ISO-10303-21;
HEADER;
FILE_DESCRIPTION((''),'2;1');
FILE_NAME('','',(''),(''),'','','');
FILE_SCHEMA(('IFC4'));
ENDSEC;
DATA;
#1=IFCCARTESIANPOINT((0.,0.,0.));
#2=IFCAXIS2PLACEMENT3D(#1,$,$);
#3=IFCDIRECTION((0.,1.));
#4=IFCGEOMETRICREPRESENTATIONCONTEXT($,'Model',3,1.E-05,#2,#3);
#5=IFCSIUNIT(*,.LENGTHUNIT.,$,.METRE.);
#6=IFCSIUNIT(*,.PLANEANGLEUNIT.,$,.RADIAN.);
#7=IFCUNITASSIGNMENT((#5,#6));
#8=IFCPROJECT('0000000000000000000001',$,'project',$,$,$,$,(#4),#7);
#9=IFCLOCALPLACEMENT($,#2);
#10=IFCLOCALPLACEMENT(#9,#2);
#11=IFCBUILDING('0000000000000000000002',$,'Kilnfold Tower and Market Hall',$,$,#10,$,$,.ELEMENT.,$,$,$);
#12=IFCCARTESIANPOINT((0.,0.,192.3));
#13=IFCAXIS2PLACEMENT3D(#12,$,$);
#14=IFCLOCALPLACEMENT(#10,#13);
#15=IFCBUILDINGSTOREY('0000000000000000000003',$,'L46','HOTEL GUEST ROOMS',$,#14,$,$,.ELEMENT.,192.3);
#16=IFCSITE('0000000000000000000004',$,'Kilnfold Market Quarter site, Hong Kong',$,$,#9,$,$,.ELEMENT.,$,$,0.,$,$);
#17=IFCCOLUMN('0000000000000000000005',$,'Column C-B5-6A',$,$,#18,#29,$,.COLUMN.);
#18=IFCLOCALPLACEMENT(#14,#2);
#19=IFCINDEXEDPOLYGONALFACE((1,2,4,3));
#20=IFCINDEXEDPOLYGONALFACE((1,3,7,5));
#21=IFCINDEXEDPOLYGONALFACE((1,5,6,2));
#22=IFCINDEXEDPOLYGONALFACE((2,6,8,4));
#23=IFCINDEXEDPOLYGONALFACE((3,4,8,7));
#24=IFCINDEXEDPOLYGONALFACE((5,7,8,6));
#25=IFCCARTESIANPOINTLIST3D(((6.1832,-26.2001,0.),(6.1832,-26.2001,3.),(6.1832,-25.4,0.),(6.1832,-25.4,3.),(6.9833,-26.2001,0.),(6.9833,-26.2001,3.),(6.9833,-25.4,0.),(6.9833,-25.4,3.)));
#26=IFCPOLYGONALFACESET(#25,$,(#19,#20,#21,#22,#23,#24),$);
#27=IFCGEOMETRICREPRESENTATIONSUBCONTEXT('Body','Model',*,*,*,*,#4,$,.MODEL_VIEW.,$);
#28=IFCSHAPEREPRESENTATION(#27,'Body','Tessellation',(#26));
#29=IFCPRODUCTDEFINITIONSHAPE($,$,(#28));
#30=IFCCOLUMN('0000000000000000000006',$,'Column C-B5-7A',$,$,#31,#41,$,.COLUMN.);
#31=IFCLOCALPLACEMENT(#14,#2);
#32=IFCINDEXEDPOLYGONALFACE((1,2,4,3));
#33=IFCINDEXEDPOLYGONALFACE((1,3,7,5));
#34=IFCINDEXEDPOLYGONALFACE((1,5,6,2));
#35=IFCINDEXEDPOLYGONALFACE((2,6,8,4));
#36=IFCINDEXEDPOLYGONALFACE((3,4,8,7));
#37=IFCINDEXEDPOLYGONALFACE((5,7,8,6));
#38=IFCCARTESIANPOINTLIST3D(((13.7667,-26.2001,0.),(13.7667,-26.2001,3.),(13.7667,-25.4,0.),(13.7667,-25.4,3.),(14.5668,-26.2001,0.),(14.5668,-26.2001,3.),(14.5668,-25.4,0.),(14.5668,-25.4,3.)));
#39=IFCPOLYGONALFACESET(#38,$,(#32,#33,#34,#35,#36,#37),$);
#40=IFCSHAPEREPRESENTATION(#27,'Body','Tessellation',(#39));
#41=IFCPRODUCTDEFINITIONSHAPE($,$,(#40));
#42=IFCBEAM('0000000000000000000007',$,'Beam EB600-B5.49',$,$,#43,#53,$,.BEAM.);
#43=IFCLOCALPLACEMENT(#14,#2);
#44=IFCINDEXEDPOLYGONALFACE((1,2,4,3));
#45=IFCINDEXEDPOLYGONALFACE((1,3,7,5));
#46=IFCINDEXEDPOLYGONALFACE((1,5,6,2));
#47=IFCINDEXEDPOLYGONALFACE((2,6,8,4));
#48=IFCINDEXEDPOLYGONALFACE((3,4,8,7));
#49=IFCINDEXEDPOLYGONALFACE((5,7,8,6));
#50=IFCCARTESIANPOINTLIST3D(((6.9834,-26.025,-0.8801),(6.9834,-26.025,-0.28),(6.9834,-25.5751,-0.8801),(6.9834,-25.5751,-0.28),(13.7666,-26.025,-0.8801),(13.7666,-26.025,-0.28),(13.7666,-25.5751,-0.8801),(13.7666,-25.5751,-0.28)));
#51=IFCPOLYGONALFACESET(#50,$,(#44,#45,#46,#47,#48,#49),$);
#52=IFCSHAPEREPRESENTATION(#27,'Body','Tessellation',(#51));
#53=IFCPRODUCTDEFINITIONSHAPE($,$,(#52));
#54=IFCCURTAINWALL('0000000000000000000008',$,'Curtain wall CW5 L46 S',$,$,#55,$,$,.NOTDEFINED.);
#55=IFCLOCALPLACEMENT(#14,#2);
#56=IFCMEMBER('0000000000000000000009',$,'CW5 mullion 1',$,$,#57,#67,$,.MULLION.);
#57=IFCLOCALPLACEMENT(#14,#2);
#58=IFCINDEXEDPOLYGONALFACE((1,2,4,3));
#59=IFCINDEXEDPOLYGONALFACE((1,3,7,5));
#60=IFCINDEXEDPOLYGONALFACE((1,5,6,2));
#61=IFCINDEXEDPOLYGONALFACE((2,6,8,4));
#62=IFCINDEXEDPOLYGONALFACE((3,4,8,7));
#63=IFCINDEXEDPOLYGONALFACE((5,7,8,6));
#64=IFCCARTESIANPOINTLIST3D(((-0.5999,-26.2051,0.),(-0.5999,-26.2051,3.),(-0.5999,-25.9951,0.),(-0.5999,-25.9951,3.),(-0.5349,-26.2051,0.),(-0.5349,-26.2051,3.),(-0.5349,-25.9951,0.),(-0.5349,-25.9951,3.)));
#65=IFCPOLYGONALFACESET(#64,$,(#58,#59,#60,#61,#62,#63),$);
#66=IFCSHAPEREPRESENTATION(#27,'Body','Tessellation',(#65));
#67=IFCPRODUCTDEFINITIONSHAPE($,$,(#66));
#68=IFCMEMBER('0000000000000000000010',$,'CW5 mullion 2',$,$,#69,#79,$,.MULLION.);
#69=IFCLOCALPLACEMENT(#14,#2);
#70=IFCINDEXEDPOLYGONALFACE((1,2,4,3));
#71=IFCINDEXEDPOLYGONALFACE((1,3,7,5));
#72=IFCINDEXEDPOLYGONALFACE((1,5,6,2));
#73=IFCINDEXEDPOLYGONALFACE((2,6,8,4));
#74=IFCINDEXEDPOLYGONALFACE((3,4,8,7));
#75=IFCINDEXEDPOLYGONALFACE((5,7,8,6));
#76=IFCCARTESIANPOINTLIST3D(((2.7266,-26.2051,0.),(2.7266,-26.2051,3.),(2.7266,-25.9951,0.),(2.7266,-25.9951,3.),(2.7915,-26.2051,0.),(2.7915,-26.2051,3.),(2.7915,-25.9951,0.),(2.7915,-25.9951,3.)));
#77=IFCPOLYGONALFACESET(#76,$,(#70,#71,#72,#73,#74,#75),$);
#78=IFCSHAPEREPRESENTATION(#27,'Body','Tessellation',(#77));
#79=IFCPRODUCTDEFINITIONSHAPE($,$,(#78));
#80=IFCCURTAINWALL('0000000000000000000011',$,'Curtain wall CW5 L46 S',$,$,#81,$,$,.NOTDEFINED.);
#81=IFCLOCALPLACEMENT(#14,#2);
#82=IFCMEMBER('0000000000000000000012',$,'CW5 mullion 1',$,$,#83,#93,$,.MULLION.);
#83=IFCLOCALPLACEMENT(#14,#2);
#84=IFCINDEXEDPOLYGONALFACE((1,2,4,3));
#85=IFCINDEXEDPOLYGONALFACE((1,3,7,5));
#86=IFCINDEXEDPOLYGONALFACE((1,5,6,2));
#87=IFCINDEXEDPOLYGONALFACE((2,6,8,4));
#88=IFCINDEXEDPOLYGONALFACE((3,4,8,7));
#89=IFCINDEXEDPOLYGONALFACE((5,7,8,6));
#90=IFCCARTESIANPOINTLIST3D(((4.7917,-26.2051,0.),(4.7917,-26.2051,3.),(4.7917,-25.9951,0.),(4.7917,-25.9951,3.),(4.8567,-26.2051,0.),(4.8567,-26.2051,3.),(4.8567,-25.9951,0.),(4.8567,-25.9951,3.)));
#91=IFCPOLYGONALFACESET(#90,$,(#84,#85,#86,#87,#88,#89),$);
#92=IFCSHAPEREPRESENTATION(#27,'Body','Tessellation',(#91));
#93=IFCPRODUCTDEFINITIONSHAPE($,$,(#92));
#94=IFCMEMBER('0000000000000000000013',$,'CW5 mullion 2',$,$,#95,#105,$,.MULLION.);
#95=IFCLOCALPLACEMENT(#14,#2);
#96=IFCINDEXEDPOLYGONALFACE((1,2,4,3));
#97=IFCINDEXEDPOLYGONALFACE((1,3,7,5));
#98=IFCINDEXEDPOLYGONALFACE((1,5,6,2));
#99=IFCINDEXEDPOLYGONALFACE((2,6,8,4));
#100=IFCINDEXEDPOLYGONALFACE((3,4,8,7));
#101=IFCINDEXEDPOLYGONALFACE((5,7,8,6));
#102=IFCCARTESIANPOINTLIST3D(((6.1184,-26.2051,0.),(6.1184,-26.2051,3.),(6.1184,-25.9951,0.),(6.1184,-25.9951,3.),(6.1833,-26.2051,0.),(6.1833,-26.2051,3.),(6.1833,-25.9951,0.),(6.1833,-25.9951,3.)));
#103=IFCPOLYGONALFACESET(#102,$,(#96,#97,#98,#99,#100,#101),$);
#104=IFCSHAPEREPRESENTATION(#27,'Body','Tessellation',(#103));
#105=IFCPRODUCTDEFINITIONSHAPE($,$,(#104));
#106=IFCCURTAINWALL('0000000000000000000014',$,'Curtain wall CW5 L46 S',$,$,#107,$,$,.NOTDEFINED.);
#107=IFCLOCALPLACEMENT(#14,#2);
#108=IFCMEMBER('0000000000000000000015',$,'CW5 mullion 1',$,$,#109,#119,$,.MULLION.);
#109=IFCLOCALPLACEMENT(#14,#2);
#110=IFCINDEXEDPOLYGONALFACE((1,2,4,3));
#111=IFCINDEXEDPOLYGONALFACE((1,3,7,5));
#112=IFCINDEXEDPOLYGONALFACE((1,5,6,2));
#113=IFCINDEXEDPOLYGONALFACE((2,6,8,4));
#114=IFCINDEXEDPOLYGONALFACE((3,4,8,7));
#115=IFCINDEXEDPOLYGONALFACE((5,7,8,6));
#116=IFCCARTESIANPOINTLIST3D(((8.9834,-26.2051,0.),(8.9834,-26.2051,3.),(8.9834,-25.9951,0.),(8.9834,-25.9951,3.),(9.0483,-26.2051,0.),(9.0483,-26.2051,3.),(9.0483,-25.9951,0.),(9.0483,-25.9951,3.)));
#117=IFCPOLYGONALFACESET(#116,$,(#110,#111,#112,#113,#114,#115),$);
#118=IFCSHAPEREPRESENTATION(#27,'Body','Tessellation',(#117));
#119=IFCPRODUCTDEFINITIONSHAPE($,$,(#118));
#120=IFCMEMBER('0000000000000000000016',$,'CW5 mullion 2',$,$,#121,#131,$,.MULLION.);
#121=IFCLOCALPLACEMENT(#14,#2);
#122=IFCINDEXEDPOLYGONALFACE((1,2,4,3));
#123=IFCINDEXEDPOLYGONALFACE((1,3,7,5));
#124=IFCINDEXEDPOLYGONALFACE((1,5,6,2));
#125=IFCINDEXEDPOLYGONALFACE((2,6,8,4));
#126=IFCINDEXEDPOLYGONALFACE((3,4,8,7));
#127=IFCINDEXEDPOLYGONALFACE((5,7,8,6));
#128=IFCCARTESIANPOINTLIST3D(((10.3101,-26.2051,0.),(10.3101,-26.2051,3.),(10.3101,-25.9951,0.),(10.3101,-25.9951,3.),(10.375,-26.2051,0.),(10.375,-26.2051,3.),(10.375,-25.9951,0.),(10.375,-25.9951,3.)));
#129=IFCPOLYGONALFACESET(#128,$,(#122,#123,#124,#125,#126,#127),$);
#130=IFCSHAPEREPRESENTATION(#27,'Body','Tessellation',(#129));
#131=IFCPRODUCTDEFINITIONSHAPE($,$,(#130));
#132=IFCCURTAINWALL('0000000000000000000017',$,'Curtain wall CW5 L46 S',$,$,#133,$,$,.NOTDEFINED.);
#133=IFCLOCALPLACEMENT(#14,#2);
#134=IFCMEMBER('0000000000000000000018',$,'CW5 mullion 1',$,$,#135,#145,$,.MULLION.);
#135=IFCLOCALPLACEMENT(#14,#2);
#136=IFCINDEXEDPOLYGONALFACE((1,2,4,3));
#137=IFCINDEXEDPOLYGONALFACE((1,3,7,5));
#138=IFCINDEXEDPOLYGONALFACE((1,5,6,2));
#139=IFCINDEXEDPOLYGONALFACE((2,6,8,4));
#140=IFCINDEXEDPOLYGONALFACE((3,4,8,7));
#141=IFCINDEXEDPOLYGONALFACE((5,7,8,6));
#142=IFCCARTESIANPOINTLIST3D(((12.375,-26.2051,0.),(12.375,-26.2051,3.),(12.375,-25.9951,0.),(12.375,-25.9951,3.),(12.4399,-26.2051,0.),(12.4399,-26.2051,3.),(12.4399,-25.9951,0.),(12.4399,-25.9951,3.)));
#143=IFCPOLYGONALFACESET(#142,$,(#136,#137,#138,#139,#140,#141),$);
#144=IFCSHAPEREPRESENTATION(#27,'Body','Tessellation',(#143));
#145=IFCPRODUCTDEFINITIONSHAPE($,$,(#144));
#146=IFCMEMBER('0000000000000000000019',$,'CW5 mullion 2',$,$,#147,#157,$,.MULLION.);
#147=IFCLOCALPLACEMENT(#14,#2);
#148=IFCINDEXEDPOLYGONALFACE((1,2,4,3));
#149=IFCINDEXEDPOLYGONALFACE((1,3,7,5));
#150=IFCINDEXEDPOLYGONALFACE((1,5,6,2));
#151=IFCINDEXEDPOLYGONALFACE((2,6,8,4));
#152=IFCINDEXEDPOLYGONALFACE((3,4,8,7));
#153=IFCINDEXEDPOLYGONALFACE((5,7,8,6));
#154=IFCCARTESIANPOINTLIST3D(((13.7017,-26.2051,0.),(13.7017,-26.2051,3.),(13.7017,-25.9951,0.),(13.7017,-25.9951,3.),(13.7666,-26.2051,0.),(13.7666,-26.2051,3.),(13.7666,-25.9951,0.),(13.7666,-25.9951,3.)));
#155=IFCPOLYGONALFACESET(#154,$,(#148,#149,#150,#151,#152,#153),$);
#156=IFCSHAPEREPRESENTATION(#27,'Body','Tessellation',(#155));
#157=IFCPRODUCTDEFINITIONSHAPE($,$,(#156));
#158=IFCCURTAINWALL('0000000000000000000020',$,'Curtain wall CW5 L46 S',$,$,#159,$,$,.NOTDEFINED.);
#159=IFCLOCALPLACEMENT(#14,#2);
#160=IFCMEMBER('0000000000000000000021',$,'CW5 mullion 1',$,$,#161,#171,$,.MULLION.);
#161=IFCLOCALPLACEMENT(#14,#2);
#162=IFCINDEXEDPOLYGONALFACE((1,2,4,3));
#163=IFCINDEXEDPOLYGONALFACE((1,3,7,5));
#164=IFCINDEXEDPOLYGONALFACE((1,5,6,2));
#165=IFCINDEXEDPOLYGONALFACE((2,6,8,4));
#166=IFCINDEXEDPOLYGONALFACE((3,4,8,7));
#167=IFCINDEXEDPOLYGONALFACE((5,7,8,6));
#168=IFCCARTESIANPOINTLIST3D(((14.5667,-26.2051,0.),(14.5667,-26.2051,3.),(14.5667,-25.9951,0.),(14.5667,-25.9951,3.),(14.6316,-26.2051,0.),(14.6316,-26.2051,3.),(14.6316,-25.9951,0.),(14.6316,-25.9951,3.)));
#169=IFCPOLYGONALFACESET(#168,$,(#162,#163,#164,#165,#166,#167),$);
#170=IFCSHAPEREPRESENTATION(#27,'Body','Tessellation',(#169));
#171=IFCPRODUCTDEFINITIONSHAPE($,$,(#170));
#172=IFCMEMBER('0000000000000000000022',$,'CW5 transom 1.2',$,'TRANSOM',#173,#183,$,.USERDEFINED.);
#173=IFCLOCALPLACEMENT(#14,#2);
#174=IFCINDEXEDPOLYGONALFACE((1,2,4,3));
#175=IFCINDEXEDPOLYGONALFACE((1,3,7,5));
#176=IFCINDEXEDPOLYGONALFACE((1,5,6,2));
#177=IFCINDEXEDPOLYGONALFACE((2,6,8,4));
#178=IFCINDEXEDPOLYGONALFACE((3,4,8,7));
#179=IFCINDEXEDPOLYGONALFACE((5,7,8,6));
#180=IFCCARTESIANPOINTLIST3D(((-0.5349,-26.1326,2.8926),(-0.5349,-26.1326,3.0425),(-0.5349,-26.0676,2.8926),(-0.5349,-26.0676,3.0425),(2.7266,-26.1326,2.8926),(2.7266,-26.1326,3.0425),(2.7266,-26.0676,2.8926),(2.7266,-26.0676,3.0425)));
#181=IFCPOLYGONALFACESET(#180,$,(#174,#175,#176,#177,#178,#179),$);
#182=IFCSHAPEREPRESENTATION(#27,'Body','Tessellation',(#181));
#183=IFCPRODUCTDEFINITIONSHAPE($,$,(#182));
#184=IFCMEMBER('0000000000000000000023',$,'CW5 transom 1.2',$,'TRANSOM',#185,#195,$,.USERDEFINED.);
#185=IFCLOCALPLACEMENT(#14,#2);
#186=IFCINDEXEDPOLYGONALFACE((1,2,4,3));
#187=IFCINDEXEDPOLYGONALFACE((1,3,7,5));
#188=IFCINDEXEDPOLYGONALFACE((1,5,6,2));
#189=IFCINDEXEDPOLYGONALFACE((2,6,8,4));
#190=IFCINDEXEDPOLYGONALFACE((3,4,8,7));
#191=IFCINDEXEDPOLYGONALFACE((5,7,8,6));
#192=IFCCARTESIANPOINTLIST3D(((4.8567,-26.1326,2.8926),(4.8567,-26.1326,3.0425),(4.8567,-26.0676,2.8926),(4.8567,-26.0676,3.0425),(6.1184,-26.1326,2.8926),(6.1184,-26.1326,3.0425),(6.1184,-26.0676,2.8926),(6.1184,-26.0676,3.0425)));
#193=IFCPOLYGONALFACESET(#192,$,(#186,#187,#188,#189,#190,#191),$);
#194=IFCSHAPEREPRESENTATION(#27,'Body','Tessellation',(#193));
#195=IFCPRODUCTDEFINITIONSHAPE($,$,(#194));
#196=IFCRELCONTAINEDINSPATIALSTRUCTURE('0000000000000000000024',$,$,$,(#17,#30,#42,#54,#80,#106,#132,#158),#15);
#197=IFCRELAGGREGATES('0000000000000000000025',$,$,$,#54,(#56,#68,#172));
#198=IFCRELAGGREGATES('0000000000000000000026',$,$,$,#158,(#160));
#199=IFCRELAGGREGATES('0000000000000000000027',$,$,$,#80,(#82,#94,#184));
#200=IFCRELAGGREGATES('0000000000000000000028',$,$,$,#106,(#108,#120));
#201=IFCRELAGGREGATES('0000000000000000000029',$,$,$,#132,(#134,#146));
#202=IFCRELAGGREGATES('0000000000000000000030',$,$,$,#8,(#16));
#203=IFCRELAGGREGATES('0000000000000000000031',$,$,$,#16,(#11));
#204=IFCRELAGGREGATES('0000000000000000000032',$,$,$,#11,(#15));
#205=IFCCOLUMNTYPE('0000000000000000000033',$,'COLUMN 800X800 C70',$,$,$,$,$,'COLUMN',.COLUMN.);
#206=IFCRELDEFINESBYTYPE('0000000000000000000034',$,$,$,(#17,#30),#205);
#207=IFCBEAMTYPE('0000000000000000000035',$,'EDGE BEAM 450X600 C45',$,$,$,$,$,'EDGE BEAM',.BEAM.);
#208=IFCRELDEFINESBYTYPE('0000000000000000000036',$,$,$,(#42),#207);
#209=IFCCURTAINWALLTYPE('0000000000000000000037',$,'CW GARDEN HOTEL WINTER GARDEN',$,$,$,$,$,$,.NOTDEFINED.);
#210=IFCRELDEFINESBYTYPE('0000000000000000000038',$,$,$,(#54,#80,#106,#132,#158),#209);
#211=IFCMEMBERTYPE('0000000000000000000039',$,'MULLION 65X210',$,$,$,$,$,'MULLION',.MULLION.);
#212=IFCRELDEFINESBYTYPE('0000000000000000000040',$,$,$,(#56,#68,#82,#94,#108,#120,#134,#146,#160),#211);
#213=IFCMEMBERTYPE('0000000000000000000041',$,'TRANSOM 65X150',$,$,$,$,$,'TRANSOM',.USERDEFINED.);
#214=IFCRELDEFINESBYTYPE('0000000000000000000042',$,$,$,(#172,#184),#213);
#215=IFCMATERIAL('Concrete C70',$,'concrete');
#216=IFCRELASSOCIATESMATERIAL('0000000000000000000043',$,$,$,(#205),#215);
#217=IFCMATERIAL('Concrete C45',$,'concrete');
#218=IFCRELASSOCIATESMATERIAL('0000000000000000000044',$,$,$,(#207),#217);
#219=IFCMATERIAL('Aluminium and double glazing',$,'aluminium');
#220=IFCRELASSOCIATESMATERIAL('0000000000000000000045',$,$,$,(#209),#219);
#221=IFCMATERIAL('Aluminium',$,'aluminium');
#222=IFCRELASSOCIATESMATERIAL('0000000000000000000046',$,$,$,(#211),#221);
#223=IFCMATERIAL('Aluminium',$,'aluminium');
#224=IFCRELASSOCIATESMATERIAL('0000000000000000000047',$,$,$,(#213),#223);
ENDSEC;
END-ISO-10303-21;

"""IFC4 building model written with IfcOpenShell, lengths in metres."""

from ifc_helpers import new_model, si_unit, direction, frame, origin, origin_2d, place, context, subcontext, project, spatial, rectangle, extrude, source, transform, mapped, material, material_profile, profile_set, type_object, element, aggregate, save


model = new_model("IFC4")

# Units and contexts
model_context = context("Model", 3, precision=1e-05, world=origin(), true_north=direction((0.0, 1.0)))
body_context = subcontext(model_context, "Body", "Model", "MODEL_VIEW")
ifc_project = project(units=[si_unit("LENGTHUNIT", "METRE"), si_unit("PLANEANGLEUNIT", "RADIAN")], contexts=[model_context])

# Site, building, storey
site_placement = place(None, origin())
site = spatial("IfcSite", under=ifc_project, at=site_placement, Name="Kilnfold Market Quarter site, Hong Kong", CompositionType="ELEMENT", RefElevation=0.0)
building_placement = place(site_placement, origin())
building = spatial("IfcBuilding", under=site, at=building_placement, Name="Kilnfold Tower and Market Hall", CompositionType="ELEMENT")
storey_placement = place(building_placement, frame((0.0, 0.0, 192.3)))
storey = spatial("IfcBuildingStorey", under=building, at=storey_placement, Name="L46", Description="HOTEL GUEST ROOMS", CompositionType="ELEMENT", Elevation=192.3)

# Columns
ifc_material_1 = material(Name="Concrete C70", Category="concrete")
ifc_material_profile_1 = material_profile(ifc_material_1, rectangle(XDim=0.8, YDim=0.8, at=origin_2d()), Name="RC 800x800")
ifc_profile_set_1 = profile_set([ifc_material_profile_1], Name="Concrete C70")
column_type = type_object("IfcColumnType", Name="COLUMN 800X800 C70", ElementType="COLUMN", PredefinedType="COLUMN", material=ifc_profile_set_1)
shared_shape_1 = source(origin(), body_context, "Body", "SweptSolid", [
    extrude(rectangle(XDim=0.8, YDim=0.8, at=origin_2d()), origin(), (0.0, 0.0, 1.0), 3.0),
])
for number, where, z_axis, x_axis, name in (
    (1, (6.5833, -25.8, 0.0), (0.0, 0.0, 1.0), (1.0, 0.0, 0.0), "Column C-B5-6A"),
    (2, (14.1667, -25.8, 0.0), (0.0, 0.0, 1.0), (1.0, 0.0, 0.0), "Column C-B5-7A"),
):
    element("IfcColumn", number, at=place(storey_placement, frame(where, z_axis=z_axis, x_axis=x_axis)), inside=storey, type_object=column_type, Name=name, PredefinedType="COLUMN", context=body_context, shape_type="MappedRepresentation", body=[
        mapped(shared_shape_1, transform((0.0, 0.0, 0.0))),
    ])

# Beam
ifc_material_2 = material(Name="Concrete C45", Category="concrete")
ifc_material_profile_2 = material_profile(ifc_material_2, rectangle(XDim=0.45, YDim=0.6001, at=origin_2d()), Name="RC 450x600")
ifc_profile_set_2 = profile_set([ifc_material_profile_2], Name="Concrete C45")
beam_type = type_object("IfcBeamType", Name="EDGE BEAM 450X600 C45", ElementType="EDGE BEAM", PredefinedType="BEAM", material=ifc_profile_set_2)
shared_shape_2 = source(origin(), body_context, "Body", "SweptSolid", [
    extrude(rectangle(XDim=0.45, YDim=0.6001, at=origin_2d()), origin(), (0.0, 0.0, 1.0), 6.7832),
])
beam_placement = place(storey_placement, frame((6.9834, -25.8, -0.5801), z_axis=(1.0, 0.0, 0.0), x_axis=(0.0, 1.0, 0.0)))
element("IfcBeam", 3, at=beam_placement, inside=storey, type_object=beam_type, Name="Beam EB600-B5.49", PredefinedType="BEAM", context=body_context, shape_type="MappedRepresentation", body=[
    mapped(shared_shape_2, transform((0.0, 0.0, 0.0))),
])

# Curtain walls, members
ifc_material_3 = material(Name="Aluminium and double glazing", Category="aluminium")
curtain_wall_type = type_object("IfcCurtainWallType", Name="CW GARDEN HOTEL WINTER GARDEN", PredefinedType="NOTDEFINED", material=ifc_material_3)
curtain_wall_1_placement = place(storey_placement, origin())
curtain_wall_1 = element("IfcCurtainWall", 4, at=curtain_wall_1_placement, inside=storey, type_object=curtain_wall_type, Name="Curtain wall CW5 L46 S", PredefinedType="NOTDEFINED")
ifc_material_4 = material(Name="Aluminium", Category="aluminium")
ifc_material_profile_3 = material_profile(ifc_material_4, rectangle(XDim=0.0649, YDim=0.21, at=origin_2d()), Name="MULLION 65x210")
ifc_profile_set_3 = profile_set([ifc_material_profile_3], Name="Aluminium")
member_type_1 = type_object("IfcMemberType", Name="MULLION 65X210", ElementType="MULLION", PredefinedType="MULLION", material=ifc_profile_set_3)
shared_shape_3 = source(origin(), body_context, "Body", "SweptSolid", [
    extrude(rectangle(XDim=0.0649, YDim=0.21, at=origin_2d()), origin(), (0.0, 0.0, 1.0), 3.0),
])
member_1_placement = place(storey_placement, frame((-0.5674, -26.1001, 0.0), z_axis=(0.0, 0.0, 1.0), x_axis=(1.0, 0.0, 0.0)))
member_1 = element("IfcMember", 5, at=member_1_placement, type_object=member_type_1, Name="CW5 mullion 1", PredefinedType="MULLION", context=body_context, shape_type="MappedRepresentation", body=[
    mapped(shared_shape_3, transform((0.0, 0.0, 0.0))),
])
member_2_placement = place(storey_placement, frame((2.759, -26.1001, 0.0), z_axis=(0.0, 0.0, 1.0), x_axis=(1.0, 0.0, 0.0)))
member_2 = element("IfcMember", 6, at=member_2_placement, type_object=member_type_1, Name="CW5 mullion 2", PredefinedType="MULLION", context=body_context, shape_type="MappedRepresentation", body=[
    mapped(shared_shape_3, transform((0.0, 0.0, 0.0))),
])
curtain_wall_2_placement = place(storey_placement, origin())
curtain_wall_2 = element("IfcCurtainWall", 7, at=curtain_wall_2_placement, inside=storey, type_object=curtain_wall_type, Name="Curtain wall CW5 L46 S", PredefinedType="NOTDEFINED")
member_3_placement = place(storey_placement, frame((4.8242, -26.1001, 0.0), z_axis=(0.0, 0.0, 1.0), x_axis=(1.0, 0.0, 0.0)))
member_3 = element("IfcMember", 8, at=member_3_placement, type_object=member_type_1, Name="CW5 mullion 1", PredefinedType="MULLION", context=body_context, shape_type="MappedRepresentation", body=[
    mapped(shared_shape_3, transform((0.0, 0.0, 0.0))),
])
member_4_placement = place(storey_placement, frame((6.1509, -26.1001, 0.0), z_axis=(0.0, 0.0, 1.0), x_axis=(1.0, 0.0, 0.0)))
member_4 = element("IfcMember", 9, at=member_4_placement, type_object=member_type_1, Name="CW5 mullion 2", PredefinedType="MULLION", context=body_context, shape_type="MappedRepresentation", body=[
    mapped(shared_shape_3, transform((0.0, 0.0, 0.0))),
])
curtain_wall_3_placement = place(storey_placement, origin())
curtain_wall_3 = element("IfcCurtainWall", 10, at=curtain_wall_3_placement, inside=storey, type_object=curtain_wall_type, Name="Curtain wall CW5 L46 S", PredefinedType="NOTDEFINED")
member_5_placement = place(storey_placement, frame((9.0159, -26.1001, 0.0), z_axis=(0.0, 0.0, 1.0), x_axis=(1.0, 0.0, 0.0)))
member_5 = element("IfcMember", 11, at=member_5_placement, type_object=member_type_1, Name="CW5 mullion 1", PredefinedType="MULLION", context=body_context, shape_type="MappedRepresentation", body=[
    mapped(shared_shape_3, transform((0.0, 0.0, 0.0))),
])
member_6_placement = place(storey_placement, frame((10.3425, -26.1001, 0.0), z_axis=(0.0, 0.0, 1.0), x_axis=(1.0, 0.0, 0.0)))
member_6 = element("IfcMember", 12, at=member_6_placement, type_object=member_type_1, Name="CW5 mullion 2", PredefinedType="MULLION", context=body_context, shape_type="MappedRepresentation", body=[
    mapped(shared_shape_3, transform((0.0, 0.0, 0.0))),
])
curtain_wall_4_placement = place(storey_placement, origin())
curtain_wall_4 = element("IfcCurtainWall", 13, at=curtain_wall_4_placement, inside=storey, type_object=curtain_wall_type, Name="Curtain wall CW5 L46 S", PredefinedType="NOTDEFINED")
member_7_placement = place(storey_placement, frame((12.4075, -26.1001, 0.0), z_axis=(0.0, 0.0, 1.0), x_axis=(1.0, 0.0, 0.0)))
member_7 = element("IfcMember", 14, at=member_7_placement, type_object=member_type_1, Name="CW5 mullion 1", PredefinedType="MULLION", context=body_context, shape_type="MappedRepresentation", body=[
    mapped(shared_shape_3, transform((0.0, 0.0, 0.0))),
])
member_8_placement = place(storey_placement, frame((13.7341, -26.1001, 0.0), z_axis=(0.0, 0.0, 1.0), x_axis=(1.0, 0.0, 0.0)))
member_8 = element("IfcMember", 15, at=member_8_placement, type_object=member_type_1, Name="CW5 mullion 2", PredefinedType="MULLION", context=body_context, shape_type="MappedRepresentation", body=[
    mapped(shared_shape_3, transform((0.0, 0.0, 0.0))),
])

# Curtain wall, member
curtain_wall_5_placement = place(storey_placement, origin())
curtain_wall_5 = element("IfcCurtainWall", 16, at=curtain_wall_5_placement, inside=storey, type_object=curtain_wall_type, Name="Curtain wall CW5 L46 S", PredefinedType="NOTDEFINED")
member_9_placement = place(storey_placement, frame((14.5991, -26.1001, 0.0), z_axis=(0.0, 0.0, 1.0), x_axis=(1.0, 0.0, 0.0)))
member_9 = element("IfcMember", 17, at=member_9_placement, type_object=member_type_1, Name="CW5 mullion 1", PredefinedType="MULLION", context=body_context, shape_type="MappedRepresentation", body=[
    mapped(shared_shape_3, transform((0.0, 0.0, 0.0))),
])

# Members
ifc_material_5 = material(Name="Aluminium", Category="aluminium")
ifc_material_profile_4 = material_profile(ifc_material_5, rectangle(XDim=0.0649, YDim=0.1499, at=origin_2d()), Name="TRANSOM 65x150")
ifc_profile_set_4 = profile_set([ifc_material_profile_4], Name="Aluminium")
member_type_2 = type_object("IfcMemberType", Name="TRANSOM 65X150", ElementType="TRANSOM", PredefinedType="USERDEFINED", material=ifc_profile_set_4)
shared_shape_4 = source(origin(), body_context, "Body", "SweptSolid", [
    extrude(rectangle(XDim=0.0649, YDim=0.1499, at=origin_2d()), origin(), (0.0, 0.0, 1.0), 3.2615),
])
member_10_placement = place(storey_placement, frame((-0.5349, -26.1001, 2.9675), z_axis=(1.0, 0.0, 0.0), x_axis=(0.0, 1.0, 0.0)))
member_10 = element("IfcMember", 18, at=member_10_placement, type_object=member_type_2, Name="CW5 transom 1.2", ObjectType="TRANSOM", PredefinedType="USERDEFINED", context=body_context, shape_type="MappedRepresentation", body=[
    mapped(shared_shape_4, transform((0.0, 0.0, 0.0))),
])
shared_shape_5 = source(origin(), body_context, "Body", "SweptSolid", [
    extrude(rectangle(XDim=0.0649, YDim=0.1499, at=origin_2d()), origin(), (0.0, 0.0, 1.0), 1.2617),
])
member_11_placement = place(storey_placement, frame((4.8567, -26.1001, 2.9675), z_axis=(1.0, 0.0, 0.0), x_axis=(0.0, 1.0, 0.0)))
member_11 = element("IfcMember", 19, at=member_11_placement, type_object=member_type_2, Name="CW5 transom 1.2", ObjectType="TRANSOM", PredefinedType="USERDEFINED", context=body_context, shape_type="MappedRepresentation", body=[
    mapped(shared_shape_5, transform((0.0, 0.0, 0.0))),
])

aggregate(curtain_wall_1, [member_1, member_2, member_10])
aggregate(curtain_wall_5, [member_9])
aggregate(curtain_wall_2, [member_3, member_4, member_11])
aggregate(curtain_wall_3, [member_5, member_6])
aggregate(curtain_wall_4, [member_7, member_8])

save(model, "model.ifc")
